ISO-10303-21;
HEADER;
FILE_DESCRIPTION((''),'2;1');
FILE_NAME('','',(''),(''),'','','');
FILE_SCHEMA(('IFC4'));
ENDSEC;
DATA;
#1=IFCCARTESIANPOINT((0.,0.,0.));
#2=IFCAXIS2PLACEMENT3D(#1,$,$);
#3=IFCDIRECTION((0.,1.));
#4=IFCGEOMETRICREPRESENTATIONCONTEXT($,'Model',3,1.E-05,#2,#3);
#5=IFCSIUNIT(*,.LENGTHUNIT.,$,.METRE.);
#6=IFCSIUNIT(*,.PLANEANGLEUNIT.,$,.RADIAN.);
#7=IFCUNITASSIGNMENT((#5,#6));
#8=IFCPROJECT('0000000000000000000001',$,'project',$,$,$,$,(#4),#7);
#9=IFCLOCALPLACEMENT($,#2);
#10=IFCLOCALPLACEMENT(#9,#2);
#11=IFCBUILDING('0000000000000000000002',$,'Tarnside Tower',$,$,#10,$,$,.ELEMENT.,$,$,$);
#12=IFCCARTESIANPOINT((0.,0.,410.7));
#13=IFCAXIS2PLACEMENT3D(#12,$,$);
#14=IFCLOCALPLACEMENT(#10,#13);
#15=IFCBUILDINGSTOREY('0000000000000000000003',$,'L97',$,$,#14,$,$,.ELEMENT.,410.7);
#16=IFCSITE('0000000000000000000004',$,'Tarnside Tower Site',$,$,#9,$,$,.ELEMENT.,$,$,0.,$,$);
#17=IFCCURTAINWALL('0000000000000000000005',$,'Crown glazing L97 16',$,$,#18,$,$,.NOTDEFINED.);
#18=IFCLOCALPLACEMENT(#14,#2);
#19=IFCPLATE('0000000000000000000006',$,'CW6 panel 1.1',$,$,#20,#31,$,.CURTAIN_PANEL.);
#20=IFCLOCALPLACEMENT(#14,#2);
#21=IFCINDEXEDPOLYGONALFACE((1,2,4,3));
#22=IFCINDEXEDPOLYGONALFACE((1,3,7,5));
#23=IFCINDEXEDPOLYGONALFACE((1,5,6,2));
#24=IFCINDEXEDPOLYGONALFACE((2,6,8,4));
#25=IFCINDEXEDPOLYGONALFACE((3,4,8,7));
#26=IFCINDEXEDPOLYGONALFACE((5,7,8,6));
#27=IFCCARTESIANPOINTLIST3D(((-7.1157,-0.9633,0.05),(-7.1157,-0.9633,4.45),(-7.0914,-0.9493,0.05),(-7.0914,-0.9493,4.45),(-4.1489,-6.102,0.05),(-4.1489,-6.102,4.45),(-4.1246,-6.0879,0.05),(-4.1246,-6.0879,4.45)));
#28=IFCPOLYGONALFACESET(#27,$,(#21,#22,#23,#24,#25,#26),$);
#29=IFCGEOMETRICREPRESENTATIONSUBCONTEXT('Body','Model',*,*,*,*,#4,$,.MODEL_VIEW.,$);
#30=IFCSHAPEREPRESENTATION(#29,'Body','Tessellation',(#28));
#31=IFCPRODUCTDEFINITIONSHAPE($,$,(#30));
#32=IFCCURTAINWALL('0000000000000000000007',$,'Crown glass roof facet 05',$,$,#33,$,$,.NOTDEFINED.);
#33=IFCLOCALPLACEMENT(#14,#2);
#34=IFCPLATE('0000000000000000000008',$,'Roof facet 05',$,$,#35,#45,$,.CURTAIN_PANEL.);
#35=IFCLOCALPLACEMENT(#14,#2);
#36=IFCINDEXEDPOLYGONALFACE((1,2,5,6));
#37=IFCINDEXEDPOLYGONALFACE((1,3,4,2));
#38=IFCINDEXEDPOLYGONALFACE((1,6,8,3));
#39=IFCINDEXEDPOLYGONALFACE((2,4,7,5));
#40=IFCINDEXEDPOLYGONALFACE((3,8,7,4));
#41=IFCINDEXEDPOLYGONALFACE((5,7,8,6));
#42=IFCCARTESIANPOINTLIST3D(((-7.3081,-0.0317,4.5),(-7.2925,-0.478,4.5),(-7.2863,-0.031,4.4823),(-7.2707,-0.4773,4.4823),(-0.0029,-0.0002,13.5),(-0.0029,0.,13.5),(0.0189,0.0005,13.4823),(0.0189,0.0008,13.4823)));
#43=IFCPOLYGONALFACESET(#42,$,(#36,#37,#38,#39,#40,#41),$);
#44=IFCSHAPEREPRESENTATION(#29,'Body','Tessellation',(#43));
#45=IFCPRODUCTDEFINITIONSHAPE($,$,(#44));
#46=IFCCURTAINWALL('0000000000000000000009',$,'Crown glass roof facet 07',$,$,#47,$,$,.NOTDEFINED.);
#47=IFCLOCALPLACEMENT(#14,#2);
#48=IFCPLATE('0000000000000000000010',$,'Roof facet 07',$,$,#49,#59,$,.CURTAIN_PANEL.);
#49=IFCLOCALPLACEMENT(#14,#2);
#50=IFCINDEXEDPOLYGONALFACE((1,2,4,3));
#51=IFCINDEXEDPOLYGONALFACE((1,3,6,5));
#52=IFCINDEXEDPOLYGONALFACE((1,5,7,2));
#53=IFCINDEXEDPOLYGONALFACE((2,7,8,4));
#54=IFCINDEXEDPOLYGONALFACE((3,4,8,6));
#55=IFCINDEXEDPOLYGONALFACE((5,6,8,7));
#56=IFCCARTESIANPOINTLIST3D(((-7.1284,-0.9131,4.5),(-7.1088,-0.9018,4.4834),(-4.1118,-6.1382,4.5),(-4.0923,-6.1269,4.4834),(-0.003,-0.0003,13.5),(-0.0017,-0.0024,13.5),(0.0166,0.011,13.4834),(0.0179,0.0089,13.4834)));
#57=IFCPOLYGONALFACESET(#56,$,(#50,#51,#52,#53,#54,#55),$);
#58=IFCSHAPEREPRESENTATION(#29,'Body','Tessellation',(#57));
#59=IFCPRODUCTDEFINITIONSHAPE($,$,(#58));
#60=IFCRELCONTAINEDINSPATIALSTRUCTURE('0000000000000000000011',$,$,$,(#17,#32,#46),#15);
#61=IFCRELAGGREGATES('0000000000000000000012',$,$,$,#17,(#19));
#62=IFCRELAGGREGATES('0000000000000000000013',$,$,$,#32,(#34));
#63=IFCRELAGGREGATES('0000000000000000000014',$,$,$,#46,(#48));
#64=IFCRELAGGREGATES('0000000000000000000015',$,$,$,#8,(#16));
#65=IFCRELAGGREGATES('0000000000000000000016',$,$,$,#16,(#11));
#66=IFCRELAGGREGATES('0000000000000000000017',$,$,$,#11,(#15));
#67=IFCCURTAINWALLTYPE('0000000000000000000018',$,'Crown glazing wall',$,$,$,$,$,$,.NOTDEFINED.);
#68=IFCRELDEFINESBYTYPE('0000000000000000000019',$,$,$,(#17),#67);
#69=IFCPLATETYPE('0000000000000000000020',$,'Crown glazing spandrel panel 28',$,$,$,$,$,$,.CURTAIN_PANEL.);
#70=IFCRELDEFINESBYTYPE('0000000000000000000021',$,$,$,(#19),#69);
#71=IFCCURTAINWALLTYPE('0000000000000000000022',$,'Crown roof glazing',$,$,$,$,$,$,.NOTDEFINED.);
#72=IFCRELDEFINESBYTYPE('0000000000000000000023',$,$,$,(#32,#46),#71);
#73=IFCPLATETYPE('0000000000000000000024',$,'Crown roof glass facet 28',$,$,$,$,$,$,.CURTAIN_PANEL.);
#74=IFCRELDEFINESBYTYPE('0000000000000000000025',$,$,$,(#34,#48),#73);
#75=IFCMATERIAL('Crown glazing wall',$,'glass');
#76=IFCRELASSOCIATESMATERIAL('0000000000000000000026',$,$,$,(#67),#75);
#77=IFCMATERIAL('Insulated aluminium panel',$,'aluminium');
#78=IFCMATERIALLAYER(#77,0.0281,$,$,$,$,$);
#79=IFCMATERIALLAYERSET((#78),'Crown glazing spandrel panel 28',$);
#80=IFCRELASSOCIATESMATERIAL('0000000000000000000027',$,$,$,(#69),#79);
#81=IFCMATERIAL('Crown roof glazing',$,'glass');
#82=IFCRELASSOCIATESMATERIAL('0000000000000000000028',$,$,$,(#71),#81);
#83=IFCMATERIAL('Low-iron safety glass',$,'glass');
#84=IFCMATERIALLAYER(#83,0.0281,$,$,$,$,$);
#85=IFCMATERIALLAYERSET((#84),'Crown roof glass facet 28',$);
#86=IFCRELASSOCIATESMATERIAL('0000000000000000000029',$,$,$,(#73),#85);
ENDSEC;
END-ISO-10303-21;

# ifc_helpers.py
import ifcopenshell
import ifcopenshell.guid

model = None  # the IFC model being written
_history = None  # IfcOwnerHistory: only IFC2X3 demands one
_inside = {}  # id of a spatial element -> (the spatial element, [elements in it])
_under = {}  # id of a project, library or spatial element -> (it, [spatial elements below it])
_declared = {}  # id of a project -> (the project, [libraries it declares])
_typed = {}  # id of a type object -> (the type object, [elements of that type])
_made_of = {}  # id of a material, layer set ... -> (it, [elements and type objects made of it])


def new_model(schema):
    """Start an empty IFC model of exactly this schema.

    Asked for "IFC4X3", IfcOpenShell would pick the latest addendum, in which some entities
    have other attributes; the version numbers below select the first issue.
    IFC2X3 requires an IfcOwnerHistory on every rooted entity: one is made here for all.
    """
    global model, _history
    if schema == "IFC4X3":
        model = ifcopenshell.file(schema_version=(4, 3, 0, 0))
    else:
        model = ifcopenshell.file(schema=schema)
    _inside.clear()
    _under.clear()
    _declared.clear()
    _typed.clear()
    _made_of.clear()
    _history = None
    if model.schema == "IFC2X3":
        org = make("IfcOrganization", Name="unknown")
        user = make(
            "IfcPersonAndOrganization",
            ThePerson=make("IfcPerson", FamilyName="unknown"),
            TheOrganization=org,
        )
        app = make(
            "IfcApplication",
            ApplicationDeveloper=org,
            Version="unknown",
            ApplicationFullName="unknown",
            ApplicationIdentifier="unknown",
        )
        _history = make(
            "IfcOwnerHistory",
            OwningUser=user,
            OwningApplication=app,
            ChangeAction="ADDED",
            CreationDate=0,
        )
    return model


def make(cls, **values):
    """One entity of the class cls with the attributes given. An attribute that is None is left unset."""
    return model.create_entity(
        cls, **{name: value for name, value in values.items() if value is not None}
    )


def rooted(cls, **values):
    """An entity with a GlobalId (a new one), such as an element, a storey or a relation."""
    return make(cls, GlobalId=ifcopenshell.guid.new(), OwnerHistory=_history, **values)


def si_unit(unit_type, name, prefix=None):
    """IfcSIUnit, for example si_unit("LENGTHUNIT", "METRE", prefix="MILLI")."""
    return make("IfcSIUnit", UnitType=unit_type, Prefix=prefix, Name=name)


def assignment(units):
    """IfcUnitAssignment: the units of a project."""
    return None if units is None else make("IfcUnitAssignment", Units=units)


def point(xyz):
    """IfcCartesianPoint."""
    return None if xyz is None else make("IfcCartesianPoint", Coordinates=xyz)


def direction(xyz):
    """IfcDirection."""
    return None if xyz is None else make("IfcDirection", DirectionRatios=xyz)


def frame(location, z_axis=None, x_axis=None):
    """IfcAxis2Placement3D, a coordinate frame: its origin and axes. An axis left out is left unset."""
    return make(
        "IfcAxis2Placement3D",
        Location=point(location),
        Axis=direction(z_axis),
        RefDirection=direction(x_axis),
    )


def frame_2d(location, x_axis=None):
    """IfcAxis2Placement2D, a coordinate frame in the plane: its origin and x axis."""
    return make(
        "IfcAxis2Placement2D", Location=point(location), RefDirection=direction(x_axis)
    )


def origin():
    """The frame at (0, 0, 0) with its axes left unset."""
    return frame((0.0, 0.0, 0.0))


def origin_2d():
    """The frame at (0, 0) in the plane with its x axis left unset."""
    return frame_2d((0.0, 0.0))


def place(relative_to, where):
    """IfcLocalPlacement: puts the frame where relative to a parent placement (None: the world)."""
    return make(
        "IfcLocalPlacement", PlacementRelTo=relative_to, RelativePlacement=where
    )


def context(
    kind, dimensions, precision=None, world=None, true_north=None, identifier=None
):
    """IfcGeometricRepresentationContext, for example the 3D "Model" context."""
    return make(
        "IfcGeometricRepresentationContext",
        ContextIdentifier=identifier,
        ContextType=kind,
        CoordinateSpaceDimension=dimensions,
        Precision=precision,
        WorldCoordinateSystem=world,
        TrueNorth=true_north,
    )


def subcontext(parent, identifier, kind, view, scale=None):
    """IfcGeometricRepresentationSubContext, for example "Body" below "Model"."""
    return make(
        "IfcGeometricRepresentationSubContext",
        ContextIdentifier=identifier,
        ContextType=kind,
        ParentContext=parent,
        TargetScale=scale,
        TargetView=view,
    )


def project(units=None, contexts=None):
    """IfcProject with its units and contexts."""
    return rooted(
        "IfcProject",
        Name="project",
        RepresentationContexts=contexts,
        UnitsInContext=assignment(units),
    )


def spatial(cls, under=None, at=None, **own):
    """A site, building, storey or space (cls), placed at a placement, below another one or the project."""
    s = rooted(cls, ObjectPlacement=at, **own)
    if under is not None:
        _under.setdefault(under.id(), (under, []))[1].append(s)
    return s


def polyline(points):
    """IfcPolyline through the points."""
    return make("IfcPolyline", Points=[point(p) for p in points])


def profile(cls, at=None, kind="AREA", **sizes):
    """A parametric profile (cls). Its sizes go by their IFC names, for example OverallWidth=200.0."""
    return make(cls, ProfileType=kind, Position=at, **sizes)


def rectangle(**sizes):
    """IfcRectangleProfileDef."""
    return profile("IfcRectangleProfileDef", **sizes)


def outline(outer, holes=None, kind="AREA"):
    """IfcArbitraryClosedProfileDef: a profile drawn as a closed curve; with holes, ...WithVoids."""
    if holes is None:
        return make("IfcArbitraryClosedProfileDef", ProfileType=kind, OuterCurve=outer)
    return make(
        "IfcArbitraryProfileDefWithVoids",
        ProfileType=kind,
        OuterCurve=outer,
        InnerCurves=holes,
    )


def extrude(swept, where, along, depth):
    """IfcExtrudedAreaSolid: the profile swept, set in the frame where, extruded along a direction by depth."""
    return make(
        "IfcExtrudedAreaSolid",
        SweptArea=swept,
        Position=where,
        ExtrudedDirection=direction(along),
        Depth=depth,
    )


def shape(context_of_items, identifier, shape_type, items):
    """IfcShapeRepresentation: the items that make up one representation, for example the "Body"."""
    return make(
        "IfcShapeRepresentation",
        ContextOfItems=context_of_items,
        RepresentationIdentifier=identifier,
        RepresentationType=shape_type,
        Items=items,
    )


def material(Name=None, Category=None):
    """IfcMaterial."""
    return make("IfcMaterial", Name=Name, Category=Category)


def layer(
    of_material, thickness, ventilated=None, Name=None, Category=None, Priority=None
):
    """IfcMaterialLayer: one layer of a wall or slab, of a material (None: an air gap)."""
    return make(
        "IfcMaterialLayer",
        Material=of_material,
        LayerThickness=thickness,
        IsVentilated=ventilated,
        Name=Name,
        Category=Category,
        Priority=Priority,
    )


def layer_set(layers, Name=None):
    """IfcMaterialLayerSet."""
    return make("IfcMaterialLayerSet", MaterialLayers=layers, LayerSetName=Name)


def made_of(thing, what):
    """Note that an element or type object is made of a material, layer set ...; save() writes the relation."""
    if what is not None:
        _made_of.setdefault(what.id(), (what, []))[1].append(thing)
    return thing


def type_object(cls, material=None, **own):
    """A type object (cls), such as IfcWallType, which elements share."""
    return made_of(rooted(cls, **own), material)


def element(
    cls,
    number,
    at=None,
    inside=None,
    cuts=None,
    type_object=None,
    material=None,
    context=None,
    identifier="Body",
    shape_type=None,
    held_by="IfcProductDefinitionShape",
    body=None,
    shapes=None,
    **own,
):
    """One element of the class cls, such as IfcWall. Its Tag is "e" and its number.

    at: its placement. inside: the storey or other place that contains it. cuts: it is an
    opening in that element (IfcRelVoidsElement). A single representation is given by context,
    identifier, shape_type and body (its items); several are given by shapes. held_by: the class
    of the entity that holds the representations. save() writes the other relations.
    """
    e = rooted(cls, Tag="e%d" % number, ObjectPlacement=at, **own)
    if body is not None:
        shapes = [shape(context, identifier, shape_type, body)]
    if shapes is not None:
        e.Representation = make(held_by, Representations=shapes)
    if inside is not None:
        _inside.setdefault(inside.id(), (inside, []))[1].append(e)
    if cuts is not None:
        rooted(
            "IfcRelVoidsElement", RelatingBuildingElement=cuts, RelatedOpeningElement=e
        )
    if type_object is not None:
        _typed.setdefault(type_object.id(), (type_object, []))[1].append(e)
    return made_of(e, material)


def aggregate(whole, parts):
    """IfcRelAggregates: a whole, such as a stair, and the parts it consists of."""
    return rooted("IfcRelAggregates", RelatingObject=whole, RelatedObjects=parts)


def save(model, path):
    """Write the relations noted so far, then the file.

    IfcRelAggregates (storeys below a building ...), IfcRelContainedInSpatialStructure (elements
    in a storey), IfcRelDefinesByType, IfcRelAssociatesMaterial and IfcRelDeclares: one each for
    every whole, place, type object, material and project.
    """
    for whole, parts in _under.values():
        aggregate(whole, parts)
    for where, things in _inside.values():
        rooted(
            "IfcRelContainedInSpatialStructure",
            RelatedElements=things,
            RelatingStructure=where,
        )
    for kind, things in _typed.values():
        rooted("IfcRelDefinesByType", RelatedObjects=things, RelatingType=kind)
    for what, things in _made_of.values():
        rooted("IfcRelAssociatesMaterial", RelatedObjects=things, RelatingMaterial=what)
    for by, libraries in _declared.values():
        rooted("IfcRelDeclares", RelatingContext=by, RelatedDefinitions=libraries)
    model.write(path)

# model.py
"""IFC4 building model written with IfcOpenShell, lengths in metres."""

from ifc_helpers import new_model, si_unit, direction, frame, origin, origin_2d, place, context, subcontext, project, spatial, polyline, rectangle, outline, extrude, material, layer, layer_set, type_object, element, aggregate, save


model = new_model("IFC4")

# Units and contexts
model_context = context("Model", 3, precision=1e-05, world=origin(), true_north=direction((0.0, 1.0)))
body_context = subcontext(model_context, "Body", "Model", "MODEL_VIEW")
ifc_project = project(units=[si_unit("LENGTHUNIT", "METRE"), si_unit("PLANEANGLEUNIT", "RADIAN")], contexts=[model_context])

# Site, building, storey
site_placement = place(None, origin())
site = spatial("IfcSite", under=ifc_project, at=site_placement, Name="Tarnside Tower Site", CompositionType="ELEMENT", RefElevation=0.0)
building_placement = place(site_placement, origin())
building = spatial("IfcBuilding", under=site, at=building_placement, Name="Tarnside Tower", CompositionType="ELEMENT")
storey_placement = place(building_placement, frame((0.0, 0.0, 410.7)))
storey = spatial("IfcBuildingStorey", under=building, at=storey_placement, Name="L97", CompositionType="ELEMENT", Elevation=410.7)

# Curtain wall
ifc_material_1 = material(Name="Crown glazing wall", Category="glass")
curtain_wall_type_1 = type_object("IfcCurtainWallType", Name="Crown glazing wall", PredefinedType="NOTDEFINED", material=ifc_material_1)
curtain_wall_1_placement = place(storey_placement, origin())
curtain_wall_1 = element("IfcCurtainWall", 1, at=curtain_wall_1_placement, inside=storey, type_object=curtain_wall_type_1, Name="Crown glazing L97 16", PredefinedType="NOTDEFINED")

# Plate
ifc_material_2 = material(Name="Low-iron safety glass", Category="glass")
ifc_material_3 = material(Name="Insulated aluminium panel", Category="aluminium")
ifc_layer_1 = layer(ifc_material_3, 0.0281)
ifc_layer_set_1 = layer_set([ifc_layer_1], Name="Crown glazing spandrel panel 28")
plate_type_1 = type_object("IfcPlateType", Name="Crown glazing spandrel panel 28", PredefinedType="CURTAIN_PANEL", material=ifc_layer_set_1)
plate_1_placement = place(storey_placement, frame((-5.6201, -3.5256, 0.05), z_axis=(0.0, 0.0, 1.0), x_axis=(-0.5, 0.866025, 0.0)))
plate_1 = element("IfcPlate", 2, at=plate_1_placement, type_object=plate_type_1, Name="CW6 panel 1.1", PredefinedType="CURTAIN_PANEL", context=body_context, shape_type="SweptSolid", body=[
    extrude(rectangle(XDim=5.9336, YDim=0.0281, at=origin_2d()), origin(), (0.0, 0.0, 1.0), 4.3999),
])
aggregate(curtain_wall_1, [plate_1])

# Curtain walls, plates
ifc_material_4 = material(Name="Crown roof glazing", Category="glass")
curtain_wall_type_2 = type_object("IfcCurtainWallType", Name="Crown roof glazing", PredefinedType="NOTDEFINED", material=ifc_material_4)
curtain_wall_2_placement = place(storey_placement, origin())
curtain_wall_2 = element("IfcCurtainWall", 3, at=curtain_wall_2_placement, inside=storey, type_object=curtain_wall_type_2, Name="Crown glass roof facet 05", PredefinedType="NOTDEFINED")
ifc_layer_2 = layer(ifc_material_2, 0.0281)
ifc_layer_set_2 = layer_set([ifc_layer_2], Name="Crown roof glass facet 28")
plate_type_2 = type_object("IfcPlateType", Name="Crown roof glass facet 28", PredefinedType="CURTAIN_PANEL", material=ifc_layer_set_2)
plate_2_placement = place(storey_placement, frame((-7.3081, -0.0317, 4.5), z_axis=(-0.77609, -0.027157, 0.630037), x_axis=(0.034978, -0.999388, 0.000009)))
plate_2 = element("IfcPlate", 4, at=plate_2_placement, type_object=plate_type_2, Name="Roof facet 05", PredefinedType="CURTAIN_PANEL", context=body_context, shape_type="SweptSolid", body=[
    extrude(outline(polyline([(0.0, 0.0), (0.4466, 0.0), (0.2241, 11.5895), (0.2239, 11.5895), (0.0, 0.0)])), origin(), (0.0, 0.0, -1.0), 0.0281),
])
aggregate(curtain_wall_2, [plate_2])
curtain_wall_3_placement = place(storey_placement, origin())
curtain_wall_3 = element("IfcCurtainWall", 5, at=curtain_wall_3_placement, inside=storey, type_object=curtain_wall_type_2, Name="Crown glass roof facet 07", PredefinedType="NOTDEFINED")
plate_3_placement = place(storey_placement, frame((-7.1284, -0.9131, 4.5), z_axis=(-0.697366, -0.402604, 0.592951), x_axis=(0.499982, -0.866036, 0.000003)))
plate_3 = element("IfcPlate", 6, at=plate_3_placement, type_object=plate_type_2, Name="Roof facet 07", PredefinedType="CURTAIN_PANEL", context=body_context, shape_type="SweptSolid", body=[
    extrude(outline(polyline([(0.0, 0.0), (6.0334, 0.0), (2.7746, 11.1768), (2.7721, 11.1768), (0.0, 0.0)])), origin(), (0.0, 0.0, -1.0), 0.0281),
])
aggregate(curtain_wall_3, [plate_3])

save(model, "model.ifc")
